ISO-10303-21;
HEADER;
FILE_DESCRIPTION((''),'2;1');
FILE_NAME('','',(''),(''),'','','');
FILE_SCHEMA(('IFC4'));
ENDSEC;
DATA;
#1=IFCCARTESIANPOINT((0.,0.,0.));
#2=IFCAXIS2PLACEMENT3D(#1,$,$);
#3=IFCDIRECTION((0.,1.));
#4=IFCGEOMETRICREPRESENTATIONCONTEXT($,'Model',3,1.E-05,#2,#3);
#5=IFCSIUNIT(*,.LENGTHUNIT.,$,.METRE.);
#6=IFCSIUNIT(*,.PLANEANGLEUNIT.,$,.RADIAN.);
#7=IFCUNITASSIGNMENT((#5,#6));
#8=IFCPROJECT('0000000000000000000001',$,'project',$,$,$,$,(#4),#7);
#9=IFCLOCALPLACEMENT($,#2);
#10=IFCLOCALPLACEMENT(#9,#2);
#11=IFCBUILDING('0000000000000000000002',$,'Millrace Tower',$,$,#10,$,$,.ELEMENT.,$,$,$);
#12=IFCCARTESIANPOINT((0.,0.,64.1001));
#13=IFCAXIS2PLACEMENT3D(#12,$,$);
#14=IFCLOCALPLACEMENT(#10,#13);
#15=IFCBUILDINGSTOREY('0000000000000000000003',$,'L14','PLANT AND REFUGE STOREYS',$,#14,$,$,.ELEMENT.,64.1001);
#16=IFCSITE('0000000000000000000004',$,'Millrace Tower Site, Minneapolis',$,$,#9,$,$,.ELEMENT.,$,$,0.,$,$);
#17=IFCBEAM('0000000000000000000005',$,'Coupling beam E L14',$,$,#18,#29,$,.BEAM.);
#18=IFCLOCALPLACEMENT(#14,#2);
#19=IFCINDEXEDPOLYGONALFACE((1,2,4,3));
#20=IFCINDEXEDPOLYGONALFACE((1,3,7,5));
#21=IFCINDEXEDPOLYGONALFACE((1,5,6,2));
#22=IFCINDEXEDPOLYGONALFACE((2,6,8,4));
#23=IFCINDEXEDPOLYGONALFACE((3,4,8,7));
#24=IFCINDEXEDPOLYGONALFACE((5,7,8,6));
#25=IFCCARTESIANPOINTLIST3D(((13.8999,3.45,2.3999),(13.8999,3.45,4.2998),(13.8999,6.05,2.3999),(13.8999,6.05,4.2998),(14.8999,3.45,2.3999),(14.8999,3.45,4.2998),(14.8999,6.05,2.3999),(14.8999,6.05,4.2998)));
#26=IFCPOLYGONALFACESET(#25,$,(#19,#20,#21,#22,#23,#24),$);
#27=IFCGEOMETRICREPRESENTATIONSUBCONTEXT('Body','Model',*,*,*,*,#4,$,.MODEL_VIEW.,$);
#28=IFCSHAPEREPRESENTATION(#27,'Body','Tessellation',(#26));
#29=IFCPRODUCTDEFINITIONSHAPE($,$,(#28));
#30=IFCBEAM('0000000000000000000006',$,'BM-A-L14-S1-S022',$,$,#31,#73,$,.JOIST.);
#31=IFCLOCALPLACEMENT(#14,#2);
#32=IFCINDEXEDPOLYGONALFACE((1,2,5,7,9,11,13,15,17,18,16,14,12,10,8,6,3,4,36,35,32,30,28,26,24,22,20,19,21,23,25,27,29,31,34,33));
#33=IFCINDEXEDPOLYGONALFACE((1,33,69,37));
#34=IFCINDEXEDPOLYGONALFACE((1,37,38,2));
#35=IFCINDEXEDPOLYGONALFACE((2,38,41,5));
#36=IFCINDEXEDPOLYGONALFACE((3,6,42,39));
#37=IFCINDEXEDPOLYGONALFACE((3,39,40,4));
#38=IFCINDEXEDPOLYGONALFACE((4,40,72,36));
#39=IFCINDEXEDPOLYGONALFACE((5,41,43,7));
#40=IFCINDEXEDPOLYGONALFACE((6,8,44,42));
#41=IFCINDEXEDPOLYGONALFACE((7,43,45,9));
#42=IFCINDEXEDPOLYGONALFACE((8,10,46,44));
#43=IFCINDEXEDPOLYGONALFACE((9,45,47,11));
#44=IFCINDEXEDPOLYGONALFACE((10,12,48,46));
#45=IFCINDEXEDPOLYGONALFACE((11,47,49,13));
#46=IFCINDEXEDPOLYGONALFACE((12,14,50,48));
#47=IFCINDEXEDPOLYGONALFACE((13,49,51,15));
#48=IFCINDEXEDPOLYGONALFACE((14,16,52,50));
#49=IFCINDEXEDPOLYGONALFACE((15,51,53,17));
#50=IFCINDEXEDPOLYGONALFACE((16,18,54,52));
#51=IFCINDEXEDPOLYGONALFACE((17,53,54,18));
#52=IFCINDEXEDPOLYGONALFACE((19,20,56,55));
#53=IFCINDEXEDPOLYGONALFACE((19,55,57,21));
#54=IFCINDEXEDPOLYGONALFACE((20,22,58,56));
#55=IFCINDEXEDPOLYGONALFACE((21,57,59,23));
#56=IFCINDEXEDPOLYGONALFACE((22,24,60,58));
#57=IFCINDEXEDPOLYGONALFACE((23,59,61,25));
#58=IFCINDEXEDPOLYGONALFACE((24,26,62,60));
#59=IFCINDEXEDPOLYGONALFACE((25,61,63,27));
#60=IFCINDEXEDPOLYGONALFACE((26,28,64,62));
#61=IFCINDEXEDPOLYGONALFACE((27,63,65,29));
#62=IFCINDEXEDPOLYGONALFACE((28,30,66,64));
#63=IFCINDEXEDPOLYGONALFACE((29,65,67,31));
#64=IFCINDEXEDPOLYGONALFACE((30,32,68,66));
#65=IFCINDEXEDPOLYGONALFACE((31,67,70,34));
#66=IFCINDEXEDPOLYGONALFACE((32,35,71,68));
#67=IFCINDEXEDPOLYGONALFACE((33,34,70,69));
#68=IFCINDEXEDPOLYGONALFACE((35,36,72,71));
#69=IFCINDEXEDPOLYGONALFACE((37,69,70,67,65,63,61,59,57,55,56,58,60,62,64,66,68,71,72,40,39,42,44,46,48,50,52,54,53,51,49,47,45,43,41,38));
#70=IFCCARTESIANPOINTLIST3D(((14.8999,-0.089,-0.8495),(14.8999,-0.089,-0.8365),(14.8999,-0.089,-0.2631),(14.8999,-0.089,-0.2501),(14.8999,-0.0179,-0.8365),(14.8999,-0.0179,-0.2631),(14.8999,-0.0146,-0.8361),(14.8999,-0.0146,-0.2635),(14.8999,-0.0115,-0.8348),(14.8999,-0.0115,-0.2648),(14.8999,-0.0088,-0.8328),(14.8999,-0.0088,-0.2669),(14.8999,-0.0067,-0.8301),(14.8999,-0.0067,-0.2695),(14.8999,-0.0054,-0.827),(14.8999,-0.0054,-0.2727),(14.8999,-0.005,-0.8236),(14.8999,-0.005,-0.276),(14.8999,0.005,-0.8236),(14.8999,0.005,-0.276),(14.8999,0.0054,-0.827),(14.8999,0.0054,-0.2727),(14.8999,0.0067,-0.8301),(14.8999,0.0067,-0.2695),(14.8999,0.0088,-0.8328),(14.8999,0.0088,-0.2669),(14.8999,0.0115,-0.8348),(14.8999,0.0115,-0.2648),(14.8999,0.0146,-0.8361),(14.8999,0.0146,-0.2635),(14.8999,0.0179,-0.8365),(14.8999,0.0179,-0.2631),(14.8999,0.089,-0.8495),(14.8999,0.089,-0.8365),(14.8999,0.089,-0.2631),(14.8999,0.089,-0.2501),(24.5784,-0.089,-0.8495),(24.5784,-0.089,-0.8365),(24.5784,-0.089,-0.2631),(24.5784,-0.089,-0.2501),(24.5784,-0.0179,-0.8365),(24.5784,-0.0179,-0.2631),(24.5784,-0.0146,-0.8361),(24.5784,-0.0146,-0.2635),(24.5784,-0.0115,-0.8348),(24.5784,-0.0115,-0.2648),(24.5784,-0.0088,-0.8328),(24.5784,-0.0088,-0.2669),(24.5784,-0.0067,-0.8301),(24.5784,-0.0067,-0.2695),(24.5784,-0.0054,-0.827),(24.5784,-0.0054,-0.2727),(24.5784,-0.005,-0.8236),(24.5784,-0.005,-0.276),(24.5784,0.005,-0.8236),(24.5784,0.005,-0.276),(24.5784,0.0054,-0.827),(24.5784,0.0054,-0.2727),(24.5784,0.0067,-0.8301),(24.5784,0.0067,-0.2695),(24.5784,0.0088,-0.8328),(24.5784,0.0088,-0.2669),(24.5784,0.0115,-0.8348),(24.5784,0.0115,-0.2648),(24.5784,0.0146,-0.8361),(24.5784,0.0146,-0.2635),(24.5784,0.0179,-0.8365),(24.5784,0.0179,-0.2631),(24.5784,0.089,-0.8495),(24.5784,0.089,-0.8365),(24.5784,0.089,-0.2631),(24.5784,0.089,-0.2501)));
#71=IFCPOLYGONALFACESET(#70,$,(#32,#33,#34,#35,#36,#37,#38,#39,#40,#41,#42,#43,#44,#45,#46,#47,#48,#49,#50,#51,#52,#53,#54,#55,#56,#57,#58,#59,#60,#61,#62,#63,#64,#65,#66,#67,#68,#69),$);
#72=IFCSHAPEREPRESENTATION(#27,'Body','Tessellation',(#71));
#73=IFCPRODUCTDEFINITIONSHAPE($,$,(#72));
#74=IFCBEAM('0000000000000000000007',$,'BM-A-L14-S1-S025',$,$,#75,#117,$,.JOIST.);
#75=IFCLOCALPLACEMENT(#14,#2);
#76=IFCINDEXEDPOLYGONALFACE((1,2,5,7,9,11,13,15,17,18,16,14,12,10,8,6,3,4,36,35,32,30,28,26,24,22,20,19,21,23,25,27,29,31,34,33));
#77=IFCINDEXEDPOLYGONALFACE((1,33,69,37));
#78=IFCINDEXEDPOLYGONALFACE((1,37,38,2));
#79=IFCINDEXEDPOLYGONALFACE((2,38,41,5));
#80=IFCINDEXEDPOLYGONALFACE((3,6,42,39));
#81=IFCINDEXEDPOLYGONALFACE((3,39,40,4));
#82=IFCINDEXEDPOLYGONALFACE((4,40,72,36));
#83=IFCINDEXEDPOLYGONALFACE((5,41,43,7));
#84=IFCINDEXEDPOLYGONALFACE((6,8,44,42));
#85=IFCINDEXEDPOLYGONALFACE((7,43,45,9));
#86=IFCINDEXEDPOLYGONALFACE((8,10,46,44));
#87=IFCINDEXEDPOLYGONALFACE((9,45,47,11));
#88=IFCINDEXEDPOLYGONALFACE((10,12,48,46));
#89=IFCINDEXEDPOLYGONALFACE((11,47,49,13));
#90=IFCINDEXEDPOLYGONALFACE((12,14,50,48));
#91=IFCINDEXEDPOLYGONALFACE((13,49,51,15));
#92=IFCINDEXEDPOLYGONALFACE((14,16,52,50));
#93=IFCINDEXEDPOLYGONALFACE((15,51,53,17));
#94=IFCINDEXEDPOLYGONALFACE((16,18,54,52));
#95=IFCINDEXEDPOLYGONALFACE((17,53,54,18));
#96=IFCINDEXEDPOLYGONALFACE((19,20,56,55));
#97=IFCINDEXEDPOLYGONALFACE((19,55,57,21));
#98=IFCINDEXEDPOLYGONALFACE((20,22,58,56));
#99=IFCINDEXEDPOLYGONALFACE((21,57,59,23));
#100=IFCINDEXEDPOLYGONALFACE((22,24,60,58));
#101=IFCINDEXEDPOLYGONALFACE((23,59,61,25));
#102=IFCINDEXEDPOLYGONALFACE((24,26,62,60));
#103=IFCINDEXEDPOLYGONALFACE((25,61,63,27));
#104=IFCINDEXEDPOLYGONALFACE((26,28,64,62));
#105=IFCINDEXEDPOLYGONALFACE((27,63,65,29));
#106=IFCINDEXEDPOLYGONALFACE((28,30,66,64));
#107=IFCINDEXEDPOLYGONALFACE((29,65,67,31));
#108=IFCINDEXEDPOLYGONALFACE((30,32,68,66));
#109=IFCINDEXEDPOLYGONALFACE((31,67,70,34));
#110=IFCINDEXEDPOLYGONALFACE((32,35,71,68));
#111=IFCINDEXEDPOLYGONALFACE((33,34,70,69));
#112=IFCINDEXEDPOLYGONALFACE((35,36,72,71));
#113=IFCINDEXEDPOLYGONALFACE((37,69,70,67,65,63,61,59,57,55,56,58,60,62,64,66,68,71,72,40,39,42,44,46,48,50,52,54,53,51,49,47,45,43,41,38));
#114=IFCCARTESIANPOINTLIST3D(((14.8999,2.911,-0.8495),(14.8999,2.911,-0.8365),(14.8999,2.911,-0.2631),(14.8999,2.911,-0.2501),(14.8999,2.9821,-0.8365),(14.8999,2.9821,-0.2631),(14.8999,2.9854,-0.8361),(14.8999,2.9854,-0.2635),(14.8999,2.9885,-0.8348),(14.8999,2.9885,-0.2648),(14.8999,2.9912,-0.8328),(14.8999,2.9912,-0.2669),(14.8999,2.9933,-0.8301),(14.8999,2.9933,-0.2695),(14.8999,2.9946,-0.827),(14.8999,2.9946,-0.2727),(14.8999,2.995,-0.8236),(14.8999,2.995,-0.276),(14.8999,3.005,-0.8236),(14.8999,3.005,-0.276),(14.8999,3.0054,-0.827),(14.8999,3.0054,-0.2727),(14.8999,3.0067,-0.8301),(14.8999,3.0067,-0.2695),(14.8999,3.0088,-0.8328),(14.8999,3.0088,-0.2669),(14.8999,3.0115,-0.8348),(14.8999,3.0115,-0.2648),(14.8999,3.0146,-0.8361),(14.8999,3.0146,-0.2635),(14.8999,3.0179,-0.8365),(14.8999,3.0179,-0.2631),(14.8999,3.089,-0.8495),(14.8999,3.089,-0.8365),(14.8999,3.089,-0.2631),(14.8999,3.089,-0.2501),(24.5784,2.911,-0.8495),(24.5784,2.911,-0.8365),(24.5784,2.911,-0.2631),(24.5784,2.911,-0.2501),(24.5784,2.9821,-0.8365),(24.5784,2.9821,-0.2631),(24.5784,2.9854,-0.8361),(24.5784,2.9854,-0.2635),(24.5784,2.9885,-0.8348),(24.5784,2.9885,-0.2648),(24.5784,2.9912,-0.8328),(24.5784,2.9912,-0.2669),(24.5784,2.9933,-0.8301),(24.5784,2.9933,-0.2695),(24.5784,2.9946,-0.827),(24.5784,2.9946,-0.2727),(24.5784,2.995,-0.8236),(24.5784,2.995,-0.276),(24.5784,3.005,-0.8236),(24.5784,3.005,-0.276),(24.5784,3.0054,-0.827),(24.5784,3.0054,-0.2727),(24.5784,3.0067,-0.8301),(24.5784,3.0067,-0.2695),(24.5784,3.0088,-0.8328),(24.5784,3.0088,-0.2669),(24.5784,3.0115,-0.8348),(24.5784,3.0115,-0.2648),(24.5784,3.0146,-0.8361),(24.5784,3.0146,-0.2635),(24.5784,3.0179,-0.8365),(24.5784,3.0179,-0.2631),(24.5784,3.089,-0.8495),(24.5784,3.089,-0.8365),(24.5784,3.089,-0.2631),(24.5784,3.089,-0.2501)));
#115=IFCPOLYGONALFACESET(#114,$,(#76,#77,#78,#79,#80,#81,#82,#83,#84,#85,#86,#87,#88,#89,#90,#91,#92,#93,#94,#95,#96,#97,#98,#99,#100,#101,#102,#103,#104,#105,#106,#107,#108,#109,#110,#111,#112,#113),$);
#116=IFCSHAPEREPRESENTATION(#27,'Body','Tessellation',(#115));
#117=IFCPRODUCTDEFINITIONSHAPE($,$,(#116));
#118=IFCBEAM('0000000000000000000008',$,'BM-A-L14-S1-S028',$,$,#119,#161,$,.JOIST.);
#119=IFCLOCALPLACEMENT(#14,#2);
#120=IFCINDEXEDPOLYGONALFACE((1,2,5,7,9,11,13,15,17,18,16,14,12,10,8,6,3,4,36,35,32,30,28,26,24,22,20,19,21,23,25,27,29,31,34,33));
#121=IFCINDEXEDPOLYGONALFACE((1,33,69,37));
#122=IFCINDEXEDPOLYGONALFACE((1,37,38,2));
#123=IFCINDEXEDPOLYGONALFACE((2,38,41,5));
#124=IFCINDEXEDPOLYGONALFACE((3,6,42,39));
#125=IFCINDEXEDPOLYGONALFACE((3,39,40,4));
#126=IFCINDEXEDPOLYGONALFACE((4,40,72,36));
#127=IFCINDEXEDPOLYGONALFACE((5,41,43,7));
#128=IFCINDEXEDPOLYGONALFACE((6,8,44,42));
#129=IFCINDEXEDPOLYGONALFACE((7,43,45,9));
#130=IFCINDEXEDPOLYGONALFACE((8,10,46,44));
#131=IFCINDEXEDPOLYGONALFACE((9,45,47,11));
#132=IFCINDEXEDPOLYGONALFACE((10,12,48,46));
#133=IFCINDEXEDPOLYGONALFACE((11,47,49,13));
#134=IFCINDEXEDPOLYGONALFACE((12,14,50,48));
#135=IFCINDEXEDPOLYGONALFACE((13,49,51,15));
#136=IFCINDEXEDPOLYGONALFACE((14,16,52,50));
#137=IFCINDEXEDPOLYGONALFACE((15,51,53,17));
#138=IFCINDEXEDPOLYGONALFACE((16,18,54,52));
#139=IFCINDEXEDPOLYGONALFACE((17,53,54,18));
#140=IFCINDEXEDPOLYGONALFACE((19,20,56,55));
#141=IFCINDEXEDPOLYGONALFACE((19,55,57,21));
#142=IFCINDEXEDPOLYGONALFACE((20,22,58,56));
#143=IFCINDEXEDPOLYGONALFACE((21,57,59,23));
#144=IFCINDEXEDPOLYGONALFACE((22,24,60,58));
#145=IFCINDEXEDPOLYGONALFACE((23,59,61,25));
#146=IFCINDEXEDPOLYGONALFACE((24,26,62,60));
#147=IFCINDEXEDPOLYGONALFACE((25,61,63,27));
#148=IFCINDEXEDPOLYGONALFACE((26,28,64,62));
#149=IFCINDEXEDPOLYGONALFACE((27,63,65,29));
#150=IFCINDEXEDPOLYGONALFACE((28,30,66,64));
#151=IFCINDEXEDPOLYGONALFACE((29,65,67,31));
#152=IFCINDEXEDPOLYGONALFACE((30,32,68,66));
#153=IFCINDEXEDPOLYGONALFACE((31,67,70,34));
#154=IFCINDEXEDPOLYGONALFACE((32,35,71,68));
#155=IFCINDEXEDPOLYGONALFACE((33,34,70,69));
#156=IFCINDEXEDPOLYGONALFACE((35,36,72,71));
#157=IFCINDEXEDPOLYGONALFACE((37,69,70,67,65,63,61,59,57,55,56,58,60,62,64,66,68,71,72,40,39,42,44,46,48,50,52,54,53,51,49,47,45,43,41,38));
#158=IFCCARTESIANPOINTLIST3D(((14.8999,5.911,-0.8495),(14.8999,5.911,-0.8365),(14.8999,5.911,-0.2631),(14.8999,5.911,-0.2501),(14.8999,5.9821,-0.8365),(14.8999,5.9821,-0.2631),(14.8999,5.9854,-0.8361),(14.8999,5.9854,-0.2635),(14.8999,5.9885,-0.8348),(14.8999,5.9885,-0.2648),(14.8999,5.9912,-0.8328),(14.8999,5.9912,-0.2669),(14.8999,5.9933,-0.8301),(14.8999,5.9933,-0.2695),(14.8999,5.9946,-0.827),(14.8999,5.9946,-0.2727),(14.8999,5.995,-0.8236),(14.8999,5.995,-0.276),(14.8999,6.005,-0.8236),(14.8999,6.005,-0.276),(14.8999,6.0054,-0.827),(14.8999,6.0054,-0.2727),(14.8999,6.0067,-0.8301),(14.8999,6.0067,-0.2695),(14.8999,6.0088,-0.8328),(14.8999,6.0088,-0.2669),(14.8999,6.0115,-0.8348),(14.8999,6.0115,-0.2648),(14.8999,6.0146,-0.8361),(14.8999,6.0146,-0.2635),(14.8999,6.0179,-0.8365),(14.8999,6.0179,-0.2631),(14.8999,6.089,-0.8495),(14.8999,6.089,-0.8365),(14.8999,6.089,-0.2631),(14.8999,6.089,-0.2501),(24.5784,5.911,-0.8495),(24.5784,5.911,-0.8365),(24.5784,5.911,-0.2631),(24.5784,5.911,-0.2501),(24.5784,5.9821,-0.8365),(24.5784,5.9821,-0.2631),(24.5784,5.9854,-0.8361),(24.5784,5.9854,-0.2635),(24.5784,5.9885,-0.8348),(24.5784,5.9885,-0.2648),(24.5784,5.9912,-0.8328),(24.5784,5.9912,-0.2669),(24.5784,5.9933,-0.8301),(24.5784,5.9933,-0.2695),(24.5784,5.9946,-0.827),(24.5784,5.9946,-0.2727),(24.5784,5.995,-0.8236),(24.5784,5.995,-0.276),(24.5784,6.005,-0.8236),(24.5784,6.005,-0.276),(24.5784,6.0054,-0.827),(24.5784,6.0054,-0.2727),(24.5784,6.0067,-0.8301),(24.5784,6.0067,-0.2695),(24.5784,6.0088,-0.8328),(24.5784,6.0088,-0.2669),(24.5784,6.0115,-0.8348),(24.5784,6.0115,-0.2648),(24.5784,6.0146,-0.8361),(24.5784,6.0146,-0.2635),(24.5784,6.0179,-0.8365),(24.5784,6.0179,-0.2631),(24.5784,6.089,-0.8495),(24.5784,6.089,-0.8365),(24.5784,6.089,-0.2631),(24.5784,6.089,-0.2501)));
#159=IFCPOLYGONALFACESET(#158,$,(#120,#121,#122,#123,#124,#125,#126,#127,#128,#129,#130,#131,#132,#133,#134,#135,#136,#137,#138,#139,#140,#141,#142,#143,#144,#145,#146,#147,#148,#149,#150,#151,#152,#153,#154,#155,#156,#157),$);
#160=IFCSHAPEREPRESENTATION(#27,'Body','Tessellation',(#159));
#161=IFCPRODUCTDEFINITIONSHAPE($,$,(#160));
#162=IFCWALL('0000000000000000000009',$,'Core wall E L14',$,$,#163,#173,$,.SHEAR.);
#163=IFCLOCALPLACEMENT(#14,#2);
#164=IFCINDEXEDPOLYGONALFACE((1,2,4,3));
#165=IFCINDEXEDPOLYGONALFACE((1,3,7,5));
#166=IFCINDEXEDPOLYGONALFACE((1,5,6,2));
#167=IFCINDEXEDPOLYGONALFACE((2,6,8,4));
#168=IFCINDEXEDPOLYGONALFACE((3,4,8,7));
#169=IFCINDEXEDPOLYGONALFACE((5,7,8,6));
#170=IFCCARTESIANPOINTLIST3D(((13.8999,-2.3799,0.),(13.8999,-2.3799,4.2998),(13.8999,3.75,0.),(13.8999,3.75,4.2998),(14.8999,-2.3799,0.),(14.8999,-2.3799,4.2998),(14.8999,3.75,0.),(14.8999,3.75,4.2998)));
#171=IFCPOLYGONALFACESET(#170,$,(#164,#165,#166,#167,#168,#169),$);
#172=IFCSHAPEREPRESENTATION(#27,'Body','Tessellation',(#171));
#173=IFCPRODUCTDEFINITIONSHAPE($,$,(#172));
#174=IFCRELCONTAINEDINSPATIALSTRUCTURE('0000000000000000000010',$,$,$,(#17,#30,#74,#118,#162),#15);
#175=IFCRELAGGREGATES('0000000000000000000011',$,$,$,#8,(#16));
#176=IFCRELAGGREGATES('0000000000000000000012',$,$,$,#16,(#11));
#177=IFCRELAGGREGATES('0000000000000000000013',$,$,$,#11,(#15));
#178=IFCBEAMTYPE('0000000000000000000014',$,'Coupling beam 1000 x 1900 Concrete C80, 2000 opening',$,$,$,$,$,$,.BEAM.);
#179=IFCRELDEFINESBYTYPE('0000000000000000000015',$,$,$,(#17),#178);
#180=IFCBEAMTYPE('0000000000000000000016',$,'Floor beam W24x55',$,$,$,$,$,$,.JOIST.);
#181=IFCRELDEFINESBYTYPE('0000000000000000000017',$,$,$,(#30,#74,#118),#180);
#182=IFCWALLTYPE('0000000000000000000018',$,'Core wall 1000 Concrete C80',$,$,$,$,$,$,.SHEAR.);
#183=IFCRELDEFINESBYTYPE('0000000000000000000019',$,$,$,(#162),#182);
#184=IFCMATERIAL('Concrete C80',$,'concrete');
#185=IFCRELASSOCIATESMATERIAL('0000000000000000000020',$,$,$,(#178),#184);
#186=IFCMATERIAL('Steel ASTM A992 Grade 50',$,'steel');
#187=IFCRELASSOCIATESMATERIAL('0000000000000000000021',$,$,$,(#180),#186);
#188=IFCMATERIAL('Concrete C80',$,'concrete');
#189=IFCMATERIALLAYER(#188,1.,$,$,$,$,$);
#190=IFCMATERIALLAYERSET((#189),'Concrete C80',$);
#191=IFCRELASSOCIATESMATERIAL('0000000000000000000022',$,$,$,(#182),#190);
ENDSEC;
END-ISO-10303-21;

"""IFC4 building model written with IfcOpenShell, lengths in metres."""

from ifc_helpers import new_model, si_unit, direction, frame, frame_2d, origin, origin_2d, place, context, subcontext, project, spatial, rectangle, i_section, extrude, material, layer, layer_set, material_profile, profile_set, type_object, element, save


model = new_model("IFC4")

# Units and contexts
model_context = context("Model", 3, precision=1e-05, world=origin(), true_north=direction((0.0, 1.0)))
body_context = subcontext(model_context, "Body", "Model", "MODEL_VIEW")
ifc_project = project(units=[si_unit("LENGTHUNIT", "METRE"), si_unit("PLANEANGLEUNIT", "RADIAN")], contexts=[model_context])

# Site, building, storey
site_placement = place(None, origin())
site = spatial("IfcSite", under=ifc_project, at=site_placement, Name="Millrace Tower Site, Minneapolis", CompositionType="ELEMENT", RefElevation=0.0)
building_placement = place(site_placement, origin())
building = spatial("IfcBuilding", under=site, at=building_placement, Name="Millrace Tower", CompositionType="ELEMENT")
storey_placement = place(building_placement, frame((0.0, 0.0, 64.1001)))
storey = spatial("IfcBuildingStorey", under=building, at=storey_placement, Name="L14", Description="PLANT AND REFUGE STOREYS", CompositionType="ELEMENT", Elevation=64.1001)

# Beams
ifc_material_1 = material(Name="Concrete C80", Category="concrete")
ifc_material_profile_1 = material_profile(ifc_material_1, rectangle(XDim=1.0, YDim=1.8999, at=origin_2d()))
ifc_profile_set_1 = profile_set([ifc_material_profile_1], Name="Concrete C80")
beam_type_1 = type_object("IfcBeamType", Name="Coupling beam 1000 x 1900 Concrete C80, 2000 opening", PredefinedType="BEAM", material=ifc_profile_set_1)
beam_placement = place(storey_placement, frame((14.3999, 6.05, 3.3499), z_axis=(0.0, -1.0, 0.0), x_axis=(1.0, 0.0, 0.0)))
element("IfcBeam", 1, at=beam_placement, inside=storey, type_object=beam_type_1, Name="Coupling beam E L14", PredefinedType="BEAM", context=body_context, shape_type="SweptSolid", body=[
    extrude(rectangle(XDim=1.0, YDim=1.8999, at=origin_2d()), origin(), (0.0, 0.0, 1.0), 2.6001),
])
ifc_material_2 = material(Name="Steel ASTM A992 Grade 50", Category="steel")
ifc_material_profile_2 = material_profile(ifc_material_2, i_section(OverallWidth=0.178, OverallDepth=0.5994, WebThickness=0.01, FlangeThickness=0.0129, FilletRadius=0.0129, at=origin_2d()))
ifc_profile_set_2 = profile_set([ifc_material_profile_2], Name="Steel ASTM A992 Grade 50")
beam_type_2 = type_object("IfcBeamType", Name="Floor beam W24x55", PredefinedType="JOIST", material=ifc_profile_set_2)
for number, where, z_axis, x_axis, name in (
    (2, (14.8999, 0.0, -0.5498), (1.0, 0.0, 0.0), (0.0, 1.0, 0.0), "BM-A-L14-S1-S022"),
    (3, (14.8999, 3.0, -0.5498), (1.0, 0.0, 0.0), (0.0, 1.0, 0.0), "BM-A-L14-S1-S025"),
    (4, (14.8999, 6.0, -0.5498), (1.0, 0.0, 0.0), (0.0, 1.0, 0.0), "BM-A-L14-S1-S028"),
):
    element("IfcBeam", number, at=place(storey_placement, frame(where, z_axis=z_axis, x_axis=x_axis)), inside=storey, type_object=beam_type_2, Name=name, PredefinedType="JOIST", context=body_context, shape_type="SweptSolid", body=[
        extrude(i_section(OverallWidth=0.178, OverallDepth=0.5994, WebThickness=0.01, FlangeThickness=0.0129, FilletRadius=0.0129, at=origin_2d()), origin(), (0.0, 0.0, 1.0), 9.6785),
    ])

# Wall
ifc_material_3 = material(Name="Concrete C80", Category="concrete")
ifc_layer_1 = layer(ifc_material_3, 1.0)
ifc_layer_set_1 = layer_set([ifc_layer_1], Name="Concrete C80")
wall_type_1 = type_object("IfcWallType", Name="Core wall 1000 Concrete C80", PredefinedType="SHEAR", material=ifc_layer_set_1)
wall_1_placement = place(storey_placement, frame((14.3999, 3.75, 0.0), z_axis=(0.0, 0.0, 1.0), x_axis=(0.0, -1.0, 0.0)))
element("IfcWall", 5, at=wall_1_placement, inside=storey, type_object=wall_type_1, Name="Core wall E L14", PredefinedType="SHEAR", context=body_context, shape_type="SweptSolid", body=[
    extrude(rectangle(XDim=6.1299, YDim=1.0, at=frame_2d((3.0649, 0.0))), origin(), (0.0, 0.0, 1.0), 4.2998),
])

save(model, "model.ifc")
